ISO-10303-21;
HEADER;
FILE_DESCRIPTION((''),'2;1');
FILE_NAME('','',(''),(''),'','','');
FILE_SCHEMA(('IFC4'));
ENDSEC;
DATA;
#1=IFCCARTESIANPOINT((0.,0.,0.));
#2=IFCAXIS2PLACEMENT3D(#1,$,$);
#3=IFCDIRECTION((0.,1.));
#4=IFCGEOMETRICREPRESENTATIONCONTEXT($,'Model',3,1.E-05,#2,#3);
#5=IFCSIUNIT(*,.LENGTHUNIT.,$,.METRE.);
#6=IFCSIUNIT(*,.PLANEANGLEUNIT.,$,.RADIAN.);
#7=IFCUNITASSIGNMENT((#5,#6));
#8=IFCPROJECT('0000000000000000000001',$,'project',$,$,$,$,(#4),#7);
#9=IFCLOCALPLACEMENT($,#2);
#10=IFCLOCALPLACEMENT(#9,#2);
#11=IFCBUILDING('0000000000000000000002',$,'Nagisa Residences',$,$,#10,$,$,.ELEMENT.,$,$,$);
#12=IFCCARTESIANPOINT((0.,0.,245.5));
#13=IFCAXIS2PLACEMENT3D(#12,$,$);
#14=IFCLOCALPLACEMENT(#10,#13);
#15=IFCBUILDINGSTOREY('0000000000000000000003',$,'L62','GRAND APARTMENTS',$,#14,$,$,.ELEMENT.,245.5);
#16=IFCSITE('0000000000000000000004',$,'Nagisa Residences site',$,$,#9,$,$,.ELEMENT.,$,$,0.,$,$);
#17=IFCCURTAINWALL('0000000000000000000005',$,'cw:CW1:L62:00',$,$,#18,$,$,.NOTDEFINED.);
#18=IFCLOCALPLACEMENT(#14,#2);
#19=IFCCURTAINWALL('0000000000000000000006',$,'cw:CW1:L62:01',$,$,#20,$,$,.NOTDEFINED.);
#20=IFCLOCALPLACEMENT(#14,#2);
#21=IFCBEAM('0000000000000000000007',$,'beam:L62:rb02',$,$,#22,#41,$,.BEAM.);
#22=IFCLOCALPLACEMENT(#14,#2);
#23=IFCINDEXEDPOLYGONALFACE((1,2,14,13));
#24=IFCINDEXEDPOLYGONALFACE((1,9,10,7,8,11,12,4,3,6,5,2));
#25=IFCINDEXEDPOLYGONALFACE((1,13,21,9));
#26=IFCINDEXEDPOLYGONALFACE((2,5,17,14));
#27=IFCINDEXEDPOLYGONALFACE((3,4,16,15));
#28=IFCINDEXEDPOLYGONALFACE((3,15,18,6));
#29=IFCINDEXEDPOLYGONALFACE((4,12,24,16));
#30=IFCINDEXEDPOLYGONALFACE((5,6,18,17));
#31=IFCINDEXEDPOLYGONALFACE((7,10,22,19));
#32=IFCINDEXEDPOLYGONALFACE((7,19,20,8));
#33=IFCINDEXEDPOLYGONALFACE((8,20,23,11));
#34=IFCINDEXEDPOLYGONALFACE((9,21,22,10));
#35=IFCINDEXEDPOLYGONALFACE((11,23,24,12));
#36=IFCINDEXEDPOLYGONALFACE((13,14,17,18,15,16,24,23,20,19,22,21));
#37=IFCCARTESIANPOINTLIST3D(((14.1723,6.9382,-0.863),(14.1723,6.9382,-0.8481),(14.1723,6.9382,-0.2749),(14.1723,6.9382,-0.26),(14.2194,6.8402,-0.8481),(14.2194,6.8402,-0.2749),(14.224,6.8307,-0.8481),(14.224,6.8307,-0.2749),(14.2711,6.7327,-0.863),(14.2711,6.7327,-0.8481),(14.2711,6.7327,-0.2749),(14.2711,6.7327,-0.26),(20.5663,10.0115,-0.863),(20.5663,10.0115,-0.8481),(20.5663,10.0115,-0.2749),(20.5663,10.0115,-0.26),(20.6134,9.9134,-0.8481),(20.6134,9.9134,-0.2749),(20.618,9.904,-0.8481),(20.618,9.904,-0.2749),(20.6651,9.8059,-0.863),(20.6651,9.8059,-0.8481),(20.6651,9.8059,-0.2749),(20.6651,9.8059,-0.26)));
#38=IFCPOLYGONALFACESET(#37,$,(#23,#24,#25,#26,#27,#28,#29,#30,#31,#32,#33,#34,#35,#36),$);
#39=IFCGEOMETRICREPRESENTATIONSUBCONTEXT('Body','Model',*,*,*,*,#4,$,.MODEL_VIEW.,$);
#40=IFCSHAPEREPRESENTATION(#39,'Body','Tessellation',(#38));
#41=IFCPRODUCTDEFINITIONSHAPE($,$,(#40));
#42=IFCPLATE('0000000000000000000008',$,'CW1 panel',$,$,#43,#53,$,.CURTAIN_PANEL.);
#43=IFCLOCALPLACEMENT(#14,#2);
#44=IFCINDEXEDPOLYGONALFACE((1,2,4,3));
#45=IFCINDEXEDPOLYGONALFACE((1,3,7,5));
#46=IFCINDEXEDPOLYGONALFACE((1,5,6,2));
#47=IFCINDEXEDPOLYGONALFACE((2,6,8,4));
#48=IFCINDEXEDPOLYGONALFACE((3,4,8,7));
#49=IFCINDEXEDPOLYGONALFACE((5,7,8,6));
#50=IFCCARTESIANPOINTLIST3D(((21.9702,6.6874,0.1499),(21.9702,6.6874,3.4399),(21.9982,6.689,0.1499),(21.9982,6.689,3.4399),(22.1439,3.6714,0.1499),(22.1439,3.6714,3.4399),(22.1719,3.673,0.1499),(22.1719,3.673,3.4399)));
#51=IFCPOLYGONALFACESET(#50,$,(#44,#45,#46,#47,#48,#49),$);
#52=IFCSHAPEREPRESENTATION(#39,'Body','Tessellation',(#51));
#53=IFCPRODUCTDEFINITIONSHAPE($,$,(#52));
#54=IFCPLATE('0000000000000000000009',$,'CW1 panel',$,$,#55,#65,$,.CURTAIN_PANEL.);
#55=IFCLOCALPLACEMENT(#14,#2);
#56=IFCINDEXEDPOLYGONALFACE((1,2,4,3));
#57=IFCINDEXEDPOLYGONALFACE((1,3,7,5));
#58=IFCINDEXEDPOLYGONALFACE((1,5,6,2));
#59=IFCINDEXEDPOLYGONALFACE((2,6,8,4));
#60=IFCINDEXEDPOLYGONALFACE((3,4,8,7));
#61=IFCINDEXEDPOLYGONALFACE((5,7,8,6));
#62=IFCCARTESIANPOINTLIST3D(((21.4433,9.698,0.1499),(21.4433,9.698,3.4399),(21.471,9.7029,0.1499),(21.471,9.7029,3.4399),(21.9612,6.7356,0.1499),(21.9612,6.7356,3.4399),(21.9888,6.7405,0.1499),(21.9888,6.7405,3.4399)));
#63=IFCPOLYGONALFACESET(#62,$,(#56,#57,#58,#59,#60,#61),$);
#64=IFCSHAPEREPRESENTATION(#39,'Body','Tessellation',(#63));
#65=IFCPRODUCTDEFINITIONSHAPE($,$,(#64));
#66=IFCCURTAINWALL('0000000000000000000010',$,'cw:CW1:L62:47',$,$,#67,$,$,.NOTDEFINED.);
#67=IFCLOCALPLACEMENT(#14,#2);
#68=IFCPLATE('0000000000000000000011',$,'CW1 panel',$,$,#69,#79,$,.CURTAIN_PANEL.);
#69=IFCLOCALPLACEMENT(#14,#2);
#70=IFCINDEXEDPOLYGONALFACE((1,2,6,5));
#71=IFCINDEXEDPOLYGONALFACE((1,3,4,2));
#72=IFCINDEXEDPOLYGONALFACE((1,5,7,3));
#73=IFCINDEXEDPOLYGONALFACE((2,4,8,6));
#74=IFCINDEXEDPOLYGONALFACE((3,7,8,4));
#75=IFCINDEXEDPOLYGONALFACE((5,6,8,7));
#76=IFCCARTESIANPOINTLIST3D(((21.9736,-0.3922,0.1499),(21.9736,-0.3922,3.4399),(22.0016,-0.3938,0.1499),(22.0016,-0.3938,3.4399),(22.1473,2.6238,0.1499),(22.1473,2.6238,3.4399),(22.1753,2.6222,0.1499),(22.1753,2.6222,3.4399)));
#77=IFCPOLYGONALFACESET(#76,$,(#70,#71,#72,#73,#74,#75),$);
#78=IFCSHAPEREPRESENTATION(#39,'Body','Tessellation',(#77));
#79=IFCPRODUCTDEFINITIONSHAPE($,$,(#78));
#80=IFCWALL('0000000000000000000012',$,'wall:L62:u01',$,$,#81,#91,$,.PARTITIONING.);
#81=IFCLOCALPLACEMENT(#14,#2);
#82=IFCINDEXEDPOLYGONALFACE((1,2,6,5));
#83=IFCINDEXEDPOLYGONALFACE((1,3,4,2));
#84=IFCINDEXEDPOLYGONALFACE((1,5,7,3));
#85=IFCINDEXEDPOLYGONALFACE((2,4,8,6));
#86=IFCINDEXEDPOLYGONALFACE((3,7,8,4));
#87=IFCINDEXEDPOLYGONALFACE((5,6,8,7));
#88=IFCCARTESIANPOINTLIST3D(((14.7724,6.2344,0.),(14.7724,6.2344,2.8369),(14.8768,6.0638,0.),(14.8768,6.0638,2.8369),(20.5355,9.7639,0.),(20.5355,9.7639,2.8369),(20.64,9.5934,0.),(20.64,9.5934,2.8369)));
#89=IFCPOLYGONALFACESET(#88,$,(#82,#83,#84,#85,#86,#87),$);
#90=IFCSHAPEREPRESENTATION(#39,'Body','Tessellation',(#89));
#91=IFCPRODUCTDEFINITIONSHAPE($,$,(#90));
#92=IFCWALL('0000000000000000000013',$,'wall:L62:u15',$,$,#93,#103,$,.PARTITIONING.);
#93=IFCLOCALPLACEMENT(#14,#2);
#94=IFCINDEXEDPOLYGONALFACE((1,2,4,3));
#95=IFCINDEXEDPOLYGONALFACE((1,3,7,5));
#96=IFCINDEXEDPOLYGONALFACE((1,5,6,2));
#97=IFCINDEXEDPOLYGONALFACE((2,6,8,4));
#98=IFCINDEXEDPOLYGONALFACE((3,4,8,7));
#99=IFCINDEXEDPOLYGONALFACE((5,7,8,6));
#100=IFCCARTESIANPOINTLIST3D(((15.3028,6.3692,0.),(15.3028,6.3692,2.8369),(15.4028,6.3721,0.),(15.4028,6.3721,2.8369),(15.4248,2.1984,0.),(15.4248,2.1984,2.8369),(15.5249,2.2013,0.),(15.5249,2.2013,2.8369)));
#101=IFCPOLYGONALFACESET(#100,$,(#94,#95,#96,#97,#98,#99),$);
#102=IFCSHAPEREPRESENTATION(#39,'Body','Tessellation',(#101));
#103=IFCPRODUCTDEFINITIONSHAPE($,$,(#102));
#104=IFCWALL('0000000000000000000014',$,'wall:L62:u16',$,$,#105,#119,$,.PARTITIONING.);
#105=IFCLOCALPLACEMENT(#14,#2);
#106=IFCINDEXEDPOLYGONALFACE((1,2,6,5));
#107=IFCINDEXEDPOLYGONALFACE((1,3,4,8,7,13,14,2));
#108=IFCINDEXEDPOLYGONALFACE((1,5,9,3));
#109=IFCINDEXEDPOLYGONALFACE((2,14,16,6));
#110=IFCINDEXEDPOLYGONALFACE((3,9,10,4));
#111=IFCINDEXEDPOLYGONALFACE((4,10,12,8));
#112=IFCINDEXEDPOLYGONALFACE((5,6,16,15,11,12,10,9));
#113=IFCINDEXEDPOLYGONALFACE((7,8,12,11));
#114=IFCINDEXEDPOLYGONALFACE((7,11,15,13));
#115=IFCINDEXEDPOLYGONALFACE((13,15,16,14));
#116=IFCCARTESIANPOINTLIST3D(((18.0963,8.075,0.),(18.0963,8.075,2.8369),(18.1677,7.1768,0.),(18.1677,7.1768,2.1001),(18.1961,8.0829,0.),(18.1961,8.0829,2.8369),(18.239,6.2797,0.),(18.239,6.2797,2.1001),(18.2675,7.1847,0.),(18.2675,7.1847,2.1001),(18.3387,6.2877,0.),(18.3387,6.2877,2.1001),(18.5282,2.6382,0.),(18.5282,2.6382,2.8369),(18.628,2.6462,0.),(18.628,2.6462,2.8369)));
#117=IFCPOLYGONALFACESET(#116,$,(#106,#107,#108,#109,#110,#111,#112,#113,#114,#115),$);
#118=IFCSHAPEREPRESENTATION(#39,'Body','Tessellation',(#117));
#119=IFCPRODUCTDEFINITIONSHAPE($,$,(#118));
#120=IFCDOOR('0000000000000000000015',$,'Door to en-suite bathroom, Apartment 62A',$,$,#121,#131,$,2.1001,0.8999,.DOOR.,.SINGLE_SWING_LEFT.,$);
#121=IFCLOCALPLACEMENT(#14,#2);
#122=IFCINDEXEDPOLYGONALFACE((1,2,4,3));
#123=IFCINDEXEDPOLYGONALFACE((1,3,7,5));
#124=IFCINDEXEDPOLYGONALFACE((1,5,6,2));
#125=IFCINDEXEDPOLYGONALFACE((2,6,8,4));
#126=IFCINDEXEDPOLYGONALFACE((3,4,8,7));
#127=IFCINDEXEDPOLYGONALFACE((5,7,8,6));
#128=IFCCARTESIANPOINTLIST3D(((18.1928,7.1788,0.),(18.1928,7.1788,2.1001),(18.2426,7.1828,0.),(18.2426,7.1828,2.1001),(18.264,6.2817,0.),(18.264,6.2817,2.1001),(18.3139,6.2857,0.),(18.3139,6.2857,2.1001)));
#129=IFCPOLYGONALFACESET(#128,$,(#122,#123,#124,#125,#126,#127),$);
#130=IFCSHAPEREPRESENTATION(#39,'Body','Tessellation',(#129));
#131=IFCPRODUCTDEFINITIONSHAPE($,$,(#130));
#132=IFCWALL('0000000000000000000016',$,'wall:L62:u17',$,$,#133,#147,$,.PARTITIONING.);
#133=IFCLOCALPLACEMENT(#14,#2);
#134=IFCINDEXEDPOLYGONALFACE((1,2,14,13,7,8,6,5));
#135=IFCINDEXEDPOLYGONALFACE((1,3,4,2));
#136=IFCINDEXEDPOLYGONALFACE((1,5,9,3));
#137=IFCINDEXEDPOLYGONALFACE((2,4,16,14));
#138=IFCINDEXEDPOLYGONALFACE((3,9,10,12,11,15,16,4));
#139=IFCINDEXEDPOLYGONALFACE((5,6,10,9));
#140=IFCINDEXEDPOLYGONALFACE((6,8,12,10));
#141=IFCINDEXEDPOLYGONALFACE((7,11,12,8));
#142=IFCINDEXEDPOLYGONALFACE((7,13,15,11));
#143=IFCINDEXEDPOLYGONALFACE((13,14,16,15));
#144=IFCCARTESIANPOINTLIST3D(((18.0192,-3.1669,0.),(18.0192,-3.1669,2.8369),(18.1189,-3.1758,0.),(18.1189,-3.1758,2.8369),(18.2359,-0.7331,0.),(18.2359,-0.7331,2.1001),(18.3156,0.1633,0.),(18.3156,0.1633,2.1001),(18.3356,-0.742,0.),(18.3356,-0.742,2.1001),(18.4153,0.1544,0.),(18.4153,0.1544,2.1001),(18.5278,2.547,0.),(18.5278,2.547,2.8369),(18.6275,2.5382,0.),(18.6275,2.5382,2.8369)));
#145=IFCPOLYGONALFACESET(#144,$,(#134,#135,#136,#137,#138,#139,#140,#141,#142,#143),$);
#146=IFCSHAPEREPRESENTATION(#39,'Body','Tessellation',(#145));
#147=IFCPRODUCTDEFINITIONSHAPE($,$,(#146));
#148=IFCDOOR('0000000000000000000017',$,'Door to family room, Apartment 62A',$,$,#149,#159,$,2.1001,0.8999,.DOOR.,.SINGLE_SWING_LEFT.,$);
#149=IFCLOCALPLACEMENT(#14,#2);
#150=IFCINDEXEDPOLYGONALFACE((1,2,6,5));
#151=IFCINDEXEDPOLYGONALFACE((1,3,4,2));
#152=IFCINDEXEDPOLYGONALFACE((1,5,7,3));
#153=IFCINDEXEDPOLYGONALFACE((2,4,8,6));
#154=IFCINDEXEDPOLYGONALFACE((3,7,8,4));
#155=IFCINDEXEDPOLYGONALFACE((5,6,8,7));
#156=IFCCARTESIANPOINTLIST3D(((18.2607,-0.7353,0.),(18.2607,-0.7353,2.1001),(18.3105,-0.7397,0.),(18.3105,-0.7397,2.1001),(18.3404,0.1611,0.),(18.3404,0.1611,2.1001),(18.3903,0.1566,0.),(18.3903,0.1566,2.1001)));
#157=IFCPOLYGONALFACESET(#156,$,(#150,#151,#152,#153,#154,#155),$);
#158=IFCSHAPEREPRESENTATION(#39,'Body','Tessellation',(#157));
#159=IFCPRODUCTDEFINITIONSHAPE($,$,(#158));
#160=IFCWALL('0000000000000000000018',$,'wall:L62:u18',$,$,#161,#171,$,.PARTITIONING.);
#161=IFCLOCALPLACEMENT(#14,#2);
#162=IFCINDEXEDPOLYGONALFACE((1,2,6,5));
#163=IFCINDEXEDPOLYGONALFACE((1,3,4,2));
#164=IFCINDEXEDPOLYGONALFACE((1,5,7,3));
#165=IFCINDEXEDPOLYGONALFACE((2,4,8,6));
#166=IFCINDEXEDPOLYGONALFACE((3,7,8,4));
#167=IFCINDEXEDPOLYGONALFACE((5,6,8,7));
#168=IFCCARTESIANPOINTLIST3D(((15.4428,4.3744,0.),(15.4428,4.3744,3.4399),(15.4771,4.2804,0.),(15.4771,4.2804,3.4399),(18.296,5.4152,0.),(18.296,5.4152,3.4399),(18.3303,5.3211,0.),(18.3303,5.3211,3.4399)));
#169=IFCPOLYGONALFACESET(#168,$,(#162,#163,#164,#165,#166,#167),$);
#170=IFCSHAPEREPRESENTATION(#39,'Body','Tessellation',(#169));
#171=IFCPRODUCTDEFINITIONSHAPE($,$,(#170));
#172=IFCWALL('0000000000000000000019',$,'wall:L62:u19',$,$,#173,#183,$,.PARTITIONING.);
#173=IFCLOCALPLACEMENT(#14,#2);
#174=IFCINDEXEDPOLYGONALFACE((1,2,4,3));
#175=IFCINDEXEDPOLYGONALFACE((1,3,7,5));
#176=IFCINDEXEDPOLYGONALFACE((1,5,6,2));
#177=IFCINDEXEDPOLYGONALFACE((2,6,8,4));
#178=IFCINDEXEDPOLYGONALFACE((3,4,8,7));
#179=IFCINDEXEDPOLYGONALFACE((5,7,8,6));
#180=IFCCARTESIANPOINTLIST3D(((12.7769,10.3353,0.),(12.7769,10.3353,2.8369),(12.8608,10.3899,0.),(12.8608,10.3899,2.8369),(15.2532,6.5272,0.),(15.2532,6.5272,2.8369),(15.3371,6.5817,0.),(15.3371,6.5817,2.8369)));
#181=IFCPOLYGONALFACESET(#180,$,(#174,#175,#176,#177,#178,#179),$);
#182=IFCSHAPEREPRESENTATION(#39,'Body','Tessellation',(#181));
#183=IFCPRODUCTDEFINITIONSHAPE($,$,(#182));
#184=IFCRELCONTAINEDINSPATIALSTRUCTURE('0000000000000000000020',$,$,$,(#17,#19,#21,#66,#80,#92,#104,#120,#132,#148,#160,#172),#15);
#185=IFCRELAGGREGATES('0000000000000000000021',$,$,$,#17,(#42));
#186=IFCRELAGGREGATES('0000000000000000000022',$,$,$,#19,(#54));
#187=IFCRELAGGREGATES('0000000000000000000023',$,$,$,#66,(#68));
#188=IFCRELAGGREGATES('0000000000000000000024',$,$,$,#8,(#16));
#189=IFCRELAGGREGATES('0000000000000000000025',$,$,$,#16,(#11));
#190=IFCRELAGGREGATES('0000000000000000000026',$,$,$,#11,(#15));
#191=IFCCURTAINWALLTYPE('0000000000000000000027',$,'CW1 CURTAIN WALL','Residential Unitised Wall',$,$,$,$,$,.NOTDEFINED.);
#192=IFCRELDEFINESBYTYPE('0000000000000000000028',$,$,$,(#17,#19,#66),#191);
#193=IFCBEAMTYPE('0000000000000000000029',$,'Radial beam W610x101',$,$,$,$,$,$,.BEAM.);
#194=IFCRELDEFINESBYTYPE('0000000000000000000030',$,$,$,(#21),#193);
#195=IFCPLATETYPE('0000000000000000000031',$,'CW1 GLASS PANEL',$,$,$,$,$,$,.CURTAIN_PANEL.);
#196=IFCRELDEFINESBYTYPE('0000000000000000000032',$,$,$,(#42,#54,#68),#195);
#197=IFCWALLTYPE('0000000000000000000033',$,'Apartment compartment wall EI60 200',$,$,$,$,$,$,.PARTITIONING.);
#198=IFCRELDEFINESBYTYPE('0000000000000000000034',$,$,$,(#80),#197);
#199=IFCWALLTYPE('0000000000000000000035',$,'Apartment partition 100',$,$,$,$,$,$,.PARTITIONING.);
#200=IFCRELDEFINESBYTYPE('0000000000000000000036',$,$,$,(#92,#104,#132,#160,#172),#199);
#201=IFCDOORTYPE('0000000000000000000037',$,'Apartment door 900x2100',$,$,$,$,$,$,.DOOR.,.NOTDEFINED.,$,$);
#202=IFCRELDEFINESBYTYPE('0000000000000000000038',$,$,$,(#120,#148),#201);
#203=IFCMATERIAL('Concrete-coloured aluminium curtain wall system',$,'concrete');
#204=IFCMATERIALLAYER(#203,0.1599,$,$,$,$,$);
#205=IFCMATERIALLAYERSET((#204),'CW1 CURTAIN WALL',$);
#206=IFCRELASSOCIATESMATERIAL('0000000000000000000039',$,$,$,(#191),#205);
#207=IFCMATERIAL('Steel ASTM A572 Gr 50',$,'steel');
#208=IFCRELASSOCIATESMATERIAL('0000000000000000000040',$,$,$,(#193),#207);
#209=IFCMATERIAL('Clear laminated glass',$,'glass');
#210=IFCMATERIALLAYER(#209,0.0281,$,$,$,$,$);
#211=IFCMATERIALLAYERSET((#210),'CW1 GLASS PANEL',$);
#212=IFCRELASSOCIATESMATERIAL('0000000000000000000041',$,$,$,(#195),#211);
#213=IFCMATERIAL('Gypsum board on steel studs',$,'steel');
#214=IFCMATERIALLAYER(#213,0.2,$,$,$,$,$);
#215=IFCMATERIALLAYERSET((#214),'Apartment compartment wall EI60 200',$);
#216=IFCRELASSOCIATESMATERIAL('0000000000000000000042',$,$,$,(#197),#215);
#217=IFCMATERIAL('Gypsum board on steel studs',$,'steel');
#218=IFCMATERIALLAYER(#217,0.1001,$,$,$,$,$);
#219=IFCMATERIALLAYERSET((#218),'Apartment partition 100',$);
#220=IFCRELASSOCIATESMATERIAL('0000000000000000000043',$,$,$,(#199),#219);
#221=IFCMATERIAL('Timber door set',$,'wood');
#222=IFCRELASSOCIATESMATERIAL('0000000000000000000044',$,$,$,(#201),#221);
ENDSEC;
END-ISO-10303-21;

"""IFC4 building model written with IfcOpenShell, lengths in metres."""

from ifc_helpers import new_model, si_unit, direction, frame, frame_2d, origin, origin_2d, place, context, subcontext, project, spatial, rectangle, i_section, extrude, material, layer, layer_set, material_profile, profile_set, type_object, element, fill, aggregate, save


model = new_model("IFC4")

# Units and contexts
model_context = context("Model", 3, precision=1e-05, world=origin(), true_north=direction((0.0, 1.0)))
body_context = subcontext(model_context, "Body", "Model", "MODEL_VIEW")
ifc_project = project(units=[si_unit("LENGTHUNIT", "METRE"), si_unit("PLANEANGLEUNIT", "RADIAN")], contexts=[model_context])

# Site, building, storey
site_placement = place(None, origin())
site = spatial("IfcSite", under=ifc_project, at=site_placement, Name="Nagisa Residences site", CompositionType="ELEMENT", RefElevation=0.0)
building_placement = place(site_placement, origin())
building = spatial("IfcBuilding", under=site, at=building_placement, Name="Nagisa Residences", CompositionType="ELEMENT")
storey_placement = place(building_placement, frame((0.0, 0.0, 245.5)))
storey = spatial("IfcBuildingStorey", under=building, at=storey_placement, Name="L62", Description="GRAND APARTMENTS", CompositionType="ELEMENT", Elevation=245.5)

# Curtain walls
ifc_material_1 = material(Name="Concrete-coloured aluminium curtain wall system", Category="concrete")
ifc_layer_1 = layer(ifc_material_1, 0.1599)
ifc_layer_set_1 = layer_set([ifc_layer_1], Name="CW1 CURTAIN WALL")
curtain_wall_type = type_object("IfcCurtainWallType", Name="CW1 CURTAIN WALL", Description="Residential Unitised Wall", PredefinedType="NOTDEFINED", material=ifc_layer_set_1)
curtain_wall_1_placement = place(storey_placement, origin())
curtain_wall_1 = element("IfcCurtainWall", 1, at=curtain_wall_1_placement, inside=storey, type_object=curtain_wall_type, Name="cw:CW1:L62:00", PredefinedType="NOTDEFINED")
curtain_wall_2_placement = place(storey_placement, origin())
curtain_wall_2 = element("IfcCurtainWall", 2, at=curtain_wall_2_placement, inside=storey, type_object=curtain_wall_type, Name="cw:CW1:L62:01", PredefinedType="NOTDEFINED")

# Beam
ifc_material_2 = material(Name="Steel ASTM A572 Gr 50", Category="steel")
ifc_material_profile_1 = material_profile(ifc_material_2, i_section(OverallWidth=0.228, OverallDepth=0.603, WebThickness=0.0105, FlangeThickness=0.0149, at=origin_2d()), Name="W610x101")
ifc_profile_set_1 = profile_set([ifc_material_profile_1], Name="Steel ASTM A572 Gr 50")
beam_type_1 = type_object("IfcBeamType", Name="Radial beam W610x101", PredefinedType="BEAM", material=ifc_profile_set_1)
beam_1_placement = place(storey_placement, frame((20.6157, 9.9087, -0.5615), z_axis=(-0.901297, -0.433201, 0.0), x_axis=(0.433201, -0.901297, 0.0)))
element("IfcBeam", 3, at=beam_1_placement, inside=storey, type_object=beam_type_1, Name="beam:L62:rb02", PredefinedType="BEAM", context=body_context, shape_type="SweptSolid", body=[
    extrude(i_section(OverallWidth=0.228, OverallDepth=0.603, WebThickness=0.0105, FlangeThickness=0.0149, at=origin_2d()), origin(), (0.0, 0.0, 1.0), 7.0942),
])

# Plates
ifc_material_3 = material(Name="Clear laminated glass", Category="glass")
ifc_layer_2 = layer(ifc_material_3, 0.0281)
ifc_layer_set_2 = layer_set([ifc_layer_2], Name="CW1 GLASS PANEL")
plate_type = type_object("IfcPlateType", Name="CW1 GLASS PANEL", PredefinedType="CURTAIN_PANEL", material=ifc_layer_set_2)
plate_1_placement = place(storey_placement, frame((22.071, 5.1802, 0.1499), z_axis=(0.0, 0.0, 1.0), x_axis=(-0.057503, 0.998345, 0.0)))
plate_1 = element("IfcPlate", 4, at=plate_1_placement, type_object=plate_type, Name="CW1 panel", PredefinedType="CURTAIN_PANEL", context=body_context, shape_type="SweptSolid", body=[
    extrude(rectangle(XDim=3.021, YDim=0.0281, at=origin_2d()), origin(), (0.0, 0.0, 1.0), 3.29),
])
aggregate(curtain_wall_1, [plate_1])
plate_2_placement = place(storey_placement, frame((21.7161, 8.2192, 0.1499), z_axis=(0.0, 0.0, 1.0), x_axis=(-0.172191, 0.985064, 0.0)))
plate_2 = element("IfcPlate", 5, at=plate_2_placement, type_object=plate_type, Name="CW1 panel", PredefinedType="CURTAIN_PANEL", context=body_context, shape_type="SweptSolid", body=[
    extrude(rectangle(XDim=3.0073, YDim=0.0281, at=origin_2d()), origin(), (0.0, 0.0, 1.0), 3.29),
])
aggregate(curtain_wall_2, [plate_2])

# Curtain wall, plate
curtain_wall_3_placement = place(storey_placement, origin())
curtain_wall_3 = element("IfcCurtainWall", 6, at=curtain_wall_3_placement, inside=storey, type_object=curtain_wall_type, Name="cw:CW1:L62:47", PredefinedType="NOTDEFINED")
plate_3_placement = place(storey_placement, frame((22.0745, 1.115, 0.1499), z_axis=(0.0, 0.0, 1.0), x_axis=(0.057503, 0.998345, 0.0)))
plate_3 = element("IfcPlate", 7, at=plate_3_placement, type_object=plate_type, Name="CW1 panel", PredefinedType="CURTAIN_PANEL", context=body_context, shape_type="SweptSolid", body=[
    extrude(rectangle(XDim=3.021, YDim=0.0281, at=origin_2d()), origin(), (0.0, 0.0, 1.0), 3.29),
])
aggregate(curtain_wall_3, [plate_3])

# Walls
ifc_material_4 = material(Name="Gypsum board on steel studs", Category="steel")
ifc_layer_3 = layer(ifc_material_4, 0.2)
ifc_layer_set_3 = layer_set([ifc_layer_3], Name="Apartment compartment wall EI60 200")
wall_type_1 = type_object("IfcWallType", Name="Apartment compartment wall EI60 200", PredefinedType="PARTITIONING", material=ifc_layer_set_3)
wall_1_placement = place(storey_placement, frame((14.8247, 6.1492, 0.0), z_axis=(0.0, 0.0, 1.0), x_axis=(0.852781, 0.522268, 0.0)))
element("IfcWall", 8, at=wall_1_placement, inside=storey, type_object=wall_type_1, Name="wall:L62:u01", PredefinedType="PARTITIONING", context=body_context, shape_type="SweptSolid", body=[
    extrude(rectangle(XDim=6.7581, YDim=0.2, at=frame_2d((3.3789, 0.0))), origin(), (0.0, 0.0, 1.0), 2.8369),
])
ifc_material_5 = material(Name="Gypsum board on steel studs", Category="steel")
ifc_layer_4 = layer(ifc_material_5, 0.1001)
ifc_layer_set_4 = layer_set([ifc_layer_4], Name="Apartment partition 100")
wall_type_2 = type_object("IfcWallType", Name="Apartment partition 100", PredefinedType="PARTITIONING", material=ifc_layer_set_4)
wall_2_placement = place(storey_placement, frame((15.4749, 2.1997, 0.0), z_axis=(0.0, 0.0, 1.0), x_axis=(-0.029255, 0.999572, 0.0)))
element("IfcWall", 9, at=wall_2_placement, inside=storey, type_object=wall_type_2, Name="wall:L62:u15", PredefinedType="PARTITIONING", context=body_context, shape_type="SweptSolid", body=[
    extrude(rectangle(XDim=4.1726, YDim=0.1001, at=frame_2d((2.0864, 0.0))), origin(), (0.0, 0.0, 1.0), 2.8369),
])

# Walls, openings, doors
wall_3_placement = place(storey_placement, frame((18.5781, 2.6421, 0.0), z_axis=(0.0, 0.0, 1.0), x_axis=(-0.079188, 0.99686, 0.0)))
wall_3 = element("IfcWall", 10, at=wall_3_placement, inside=storey, type_object=wall_type_2, Name="wall:L62:u16", PredefinedType="PARTITIONING", context=body_context, shape_type="SweptSolid", body=[
    extrude(rectangle(XDim=5.4539, YDim=0.1001, at=frame_2d((2.7271, 0.0))), origin(), (0.0, 0.0, 1.0), 2.8369),
])
opening_1_placement = place(wall_3_placement, frame((3.6531, 0.0, 0.0)))
opening_1 = element("IfcOpeningElement", 11, at=opening_1_placement, cuts=wall_3, PredefinedType="OPENING", context=body_context, shape_type="SweptSolid", body=[
    extrude(rectangle(XDim=0.8999, YDim=2.1001, at=frame_2d((0.45, 1.05))), frame((0.0, 0.0601, 0.0), z_axis=(0.0, -1.0, 0.0), x_axis=(1.0, 0.0, 0.0)), (0.0, 0.0, 1.0), 0.1201),
])
ifc_material_6 = material(Name="Timber door set", Category="wood")
door_type = type_object("IfcDoorType", Name="Apartment door 900x2100", OperationType="NOTDEFINED", PredefinedType="DOOR", material=ifc_material_6)
door_1_placement = place(opening_1_placement, origin())
door_1 = element("IfcDoor", 12, at=door_1_placement, inside=storey, type_object=door_type, Name="Door to en-suite bathroom, Apartment 62A", OperationType="SINGLE_SWING_LEFT", OverallHeight=2.1001, OverallWidth=0.8999, PredefinedType="DOOR", context=body_context, shape_type="SweptSolid", body=[
    extrude(rectangle(XDim=0.8999, YDim=2.1001, at=frame_2d((0.45, 1.05))), frame((0.0, 0.0249, 0.0), z_axis=(0.0, -1.0, 0.0), x_axis=(1.0, 0.0, 0.0)), (0.0, 0.0, 1.0), 0.05),
])
fill(opening_1, door_1)
wall_4_placement = place(storey_placement, frame((18.5776, 2.5425, 0.0), z_axis=(0.0, 0.0, 1.0), x_axis=(-0.088651, -0.996063, 0.0)))
wall_4 = element("IfcWall", 13, at=wall_4_placement, inside=storey, type_object=wall_type_2, Name="wall:L62:u17", PredefinedType="PARTITIONING", context=body_context, shape_type="SweptSolid", body=[
    extrude(rectangle(XDim=5.7366, YDim=0.1001, at=frame_2d((2.8682, 0.0))), origin(), (0.0, 0.0, 1.0), 2.8369),
])
opening_2_placement = place(wall_4_placement, frame((2.3931, 0.0, 0.0)))
opening_2 = element("IfcOpeningElement", 14, at=opening_2_placement, cuts=wall_4, PredefinedType="OPENING", context=body_context, shape_type="SweptSolid", body=[
    extrude(rectangle(XDim=0.8999, YDim=2.1001, at=frame_2d((0.45, 1.05))), frame((0.0, 0.0601, 0.0), z_axis=(0.0, -1.0, 0.0), x_axis=(1.0, 0.0, 0.0)), (0.0, 0.0, 1.0), 0.1201),
])
door_2_placement = place(opening_2_placement, origin())
door_2 = element("IfcDoor", 15, at=door_2_placement, inside=storey, type_object=door_type, Name="Door to family room, Apartment 62A", OperationType="SINGLE_SWING_LEFT", OverallHeight=2.1001, OverallWidth=0.8999, PredefinedType="DOOR", context=body_context, shape_type="SweptSolid", body=[
    extrude(rectangle(XDim=0.8999, YDim=2.1001, at=frame_2d((0.45, 1.05))), frame((0.0, 0.0249, 0.0), z_axis=(0.0, -1.0, 0.0), x_axis=(1.0, 0.0, 0.0)), (0.0, 0.0, 1.0), 0.05),
])
fill(opening_2, door_2)

# Walls
wall_5_placement = place(storey_placement, frame((15.46, 4.3274, 0.0), z_axis=(0.0, 0.0, 1.0), x_axis=(0.939453, 0.342679, 0.0)))
element("IfcWall", 16, at=wall_5_placement, inside=storey, type_object=wall_type_2, Name="wall:L62:u18", PredefinedType="PARTITIONING", context=body_context, shape_type="SweptSolid", body=[
    extrude(rectangle(XDim=3.0371, YDim=0.1001, at=frame_2d((1.5186, 0.0))), origin(), (0.0, 0.0, 1.0), 3.4399),
])
wall_6_placement = place(storey_placement, frame((15.2952, 6.5544, 0.0), z_axis=(0.0, 0.0, 1.0), x_axis=(-0.545151, 0.838338, 0.0)))
element("IfcWall", 17, at=wall_6_placement, inside=storey, type_object=wall_type_2, Name="wall:L62:u19", PredefinedType="PARTITIONING", context=body_context, shape_type="SweptSolid", body=[
    extrude(rectangle(XDim=4.5425, YDim=0.1001, at=frame_2d((2.2712, 0.0))), origin(), (0.0, 0.0, 1.0), 2.8369),
])

save(model, "model.ifc")
